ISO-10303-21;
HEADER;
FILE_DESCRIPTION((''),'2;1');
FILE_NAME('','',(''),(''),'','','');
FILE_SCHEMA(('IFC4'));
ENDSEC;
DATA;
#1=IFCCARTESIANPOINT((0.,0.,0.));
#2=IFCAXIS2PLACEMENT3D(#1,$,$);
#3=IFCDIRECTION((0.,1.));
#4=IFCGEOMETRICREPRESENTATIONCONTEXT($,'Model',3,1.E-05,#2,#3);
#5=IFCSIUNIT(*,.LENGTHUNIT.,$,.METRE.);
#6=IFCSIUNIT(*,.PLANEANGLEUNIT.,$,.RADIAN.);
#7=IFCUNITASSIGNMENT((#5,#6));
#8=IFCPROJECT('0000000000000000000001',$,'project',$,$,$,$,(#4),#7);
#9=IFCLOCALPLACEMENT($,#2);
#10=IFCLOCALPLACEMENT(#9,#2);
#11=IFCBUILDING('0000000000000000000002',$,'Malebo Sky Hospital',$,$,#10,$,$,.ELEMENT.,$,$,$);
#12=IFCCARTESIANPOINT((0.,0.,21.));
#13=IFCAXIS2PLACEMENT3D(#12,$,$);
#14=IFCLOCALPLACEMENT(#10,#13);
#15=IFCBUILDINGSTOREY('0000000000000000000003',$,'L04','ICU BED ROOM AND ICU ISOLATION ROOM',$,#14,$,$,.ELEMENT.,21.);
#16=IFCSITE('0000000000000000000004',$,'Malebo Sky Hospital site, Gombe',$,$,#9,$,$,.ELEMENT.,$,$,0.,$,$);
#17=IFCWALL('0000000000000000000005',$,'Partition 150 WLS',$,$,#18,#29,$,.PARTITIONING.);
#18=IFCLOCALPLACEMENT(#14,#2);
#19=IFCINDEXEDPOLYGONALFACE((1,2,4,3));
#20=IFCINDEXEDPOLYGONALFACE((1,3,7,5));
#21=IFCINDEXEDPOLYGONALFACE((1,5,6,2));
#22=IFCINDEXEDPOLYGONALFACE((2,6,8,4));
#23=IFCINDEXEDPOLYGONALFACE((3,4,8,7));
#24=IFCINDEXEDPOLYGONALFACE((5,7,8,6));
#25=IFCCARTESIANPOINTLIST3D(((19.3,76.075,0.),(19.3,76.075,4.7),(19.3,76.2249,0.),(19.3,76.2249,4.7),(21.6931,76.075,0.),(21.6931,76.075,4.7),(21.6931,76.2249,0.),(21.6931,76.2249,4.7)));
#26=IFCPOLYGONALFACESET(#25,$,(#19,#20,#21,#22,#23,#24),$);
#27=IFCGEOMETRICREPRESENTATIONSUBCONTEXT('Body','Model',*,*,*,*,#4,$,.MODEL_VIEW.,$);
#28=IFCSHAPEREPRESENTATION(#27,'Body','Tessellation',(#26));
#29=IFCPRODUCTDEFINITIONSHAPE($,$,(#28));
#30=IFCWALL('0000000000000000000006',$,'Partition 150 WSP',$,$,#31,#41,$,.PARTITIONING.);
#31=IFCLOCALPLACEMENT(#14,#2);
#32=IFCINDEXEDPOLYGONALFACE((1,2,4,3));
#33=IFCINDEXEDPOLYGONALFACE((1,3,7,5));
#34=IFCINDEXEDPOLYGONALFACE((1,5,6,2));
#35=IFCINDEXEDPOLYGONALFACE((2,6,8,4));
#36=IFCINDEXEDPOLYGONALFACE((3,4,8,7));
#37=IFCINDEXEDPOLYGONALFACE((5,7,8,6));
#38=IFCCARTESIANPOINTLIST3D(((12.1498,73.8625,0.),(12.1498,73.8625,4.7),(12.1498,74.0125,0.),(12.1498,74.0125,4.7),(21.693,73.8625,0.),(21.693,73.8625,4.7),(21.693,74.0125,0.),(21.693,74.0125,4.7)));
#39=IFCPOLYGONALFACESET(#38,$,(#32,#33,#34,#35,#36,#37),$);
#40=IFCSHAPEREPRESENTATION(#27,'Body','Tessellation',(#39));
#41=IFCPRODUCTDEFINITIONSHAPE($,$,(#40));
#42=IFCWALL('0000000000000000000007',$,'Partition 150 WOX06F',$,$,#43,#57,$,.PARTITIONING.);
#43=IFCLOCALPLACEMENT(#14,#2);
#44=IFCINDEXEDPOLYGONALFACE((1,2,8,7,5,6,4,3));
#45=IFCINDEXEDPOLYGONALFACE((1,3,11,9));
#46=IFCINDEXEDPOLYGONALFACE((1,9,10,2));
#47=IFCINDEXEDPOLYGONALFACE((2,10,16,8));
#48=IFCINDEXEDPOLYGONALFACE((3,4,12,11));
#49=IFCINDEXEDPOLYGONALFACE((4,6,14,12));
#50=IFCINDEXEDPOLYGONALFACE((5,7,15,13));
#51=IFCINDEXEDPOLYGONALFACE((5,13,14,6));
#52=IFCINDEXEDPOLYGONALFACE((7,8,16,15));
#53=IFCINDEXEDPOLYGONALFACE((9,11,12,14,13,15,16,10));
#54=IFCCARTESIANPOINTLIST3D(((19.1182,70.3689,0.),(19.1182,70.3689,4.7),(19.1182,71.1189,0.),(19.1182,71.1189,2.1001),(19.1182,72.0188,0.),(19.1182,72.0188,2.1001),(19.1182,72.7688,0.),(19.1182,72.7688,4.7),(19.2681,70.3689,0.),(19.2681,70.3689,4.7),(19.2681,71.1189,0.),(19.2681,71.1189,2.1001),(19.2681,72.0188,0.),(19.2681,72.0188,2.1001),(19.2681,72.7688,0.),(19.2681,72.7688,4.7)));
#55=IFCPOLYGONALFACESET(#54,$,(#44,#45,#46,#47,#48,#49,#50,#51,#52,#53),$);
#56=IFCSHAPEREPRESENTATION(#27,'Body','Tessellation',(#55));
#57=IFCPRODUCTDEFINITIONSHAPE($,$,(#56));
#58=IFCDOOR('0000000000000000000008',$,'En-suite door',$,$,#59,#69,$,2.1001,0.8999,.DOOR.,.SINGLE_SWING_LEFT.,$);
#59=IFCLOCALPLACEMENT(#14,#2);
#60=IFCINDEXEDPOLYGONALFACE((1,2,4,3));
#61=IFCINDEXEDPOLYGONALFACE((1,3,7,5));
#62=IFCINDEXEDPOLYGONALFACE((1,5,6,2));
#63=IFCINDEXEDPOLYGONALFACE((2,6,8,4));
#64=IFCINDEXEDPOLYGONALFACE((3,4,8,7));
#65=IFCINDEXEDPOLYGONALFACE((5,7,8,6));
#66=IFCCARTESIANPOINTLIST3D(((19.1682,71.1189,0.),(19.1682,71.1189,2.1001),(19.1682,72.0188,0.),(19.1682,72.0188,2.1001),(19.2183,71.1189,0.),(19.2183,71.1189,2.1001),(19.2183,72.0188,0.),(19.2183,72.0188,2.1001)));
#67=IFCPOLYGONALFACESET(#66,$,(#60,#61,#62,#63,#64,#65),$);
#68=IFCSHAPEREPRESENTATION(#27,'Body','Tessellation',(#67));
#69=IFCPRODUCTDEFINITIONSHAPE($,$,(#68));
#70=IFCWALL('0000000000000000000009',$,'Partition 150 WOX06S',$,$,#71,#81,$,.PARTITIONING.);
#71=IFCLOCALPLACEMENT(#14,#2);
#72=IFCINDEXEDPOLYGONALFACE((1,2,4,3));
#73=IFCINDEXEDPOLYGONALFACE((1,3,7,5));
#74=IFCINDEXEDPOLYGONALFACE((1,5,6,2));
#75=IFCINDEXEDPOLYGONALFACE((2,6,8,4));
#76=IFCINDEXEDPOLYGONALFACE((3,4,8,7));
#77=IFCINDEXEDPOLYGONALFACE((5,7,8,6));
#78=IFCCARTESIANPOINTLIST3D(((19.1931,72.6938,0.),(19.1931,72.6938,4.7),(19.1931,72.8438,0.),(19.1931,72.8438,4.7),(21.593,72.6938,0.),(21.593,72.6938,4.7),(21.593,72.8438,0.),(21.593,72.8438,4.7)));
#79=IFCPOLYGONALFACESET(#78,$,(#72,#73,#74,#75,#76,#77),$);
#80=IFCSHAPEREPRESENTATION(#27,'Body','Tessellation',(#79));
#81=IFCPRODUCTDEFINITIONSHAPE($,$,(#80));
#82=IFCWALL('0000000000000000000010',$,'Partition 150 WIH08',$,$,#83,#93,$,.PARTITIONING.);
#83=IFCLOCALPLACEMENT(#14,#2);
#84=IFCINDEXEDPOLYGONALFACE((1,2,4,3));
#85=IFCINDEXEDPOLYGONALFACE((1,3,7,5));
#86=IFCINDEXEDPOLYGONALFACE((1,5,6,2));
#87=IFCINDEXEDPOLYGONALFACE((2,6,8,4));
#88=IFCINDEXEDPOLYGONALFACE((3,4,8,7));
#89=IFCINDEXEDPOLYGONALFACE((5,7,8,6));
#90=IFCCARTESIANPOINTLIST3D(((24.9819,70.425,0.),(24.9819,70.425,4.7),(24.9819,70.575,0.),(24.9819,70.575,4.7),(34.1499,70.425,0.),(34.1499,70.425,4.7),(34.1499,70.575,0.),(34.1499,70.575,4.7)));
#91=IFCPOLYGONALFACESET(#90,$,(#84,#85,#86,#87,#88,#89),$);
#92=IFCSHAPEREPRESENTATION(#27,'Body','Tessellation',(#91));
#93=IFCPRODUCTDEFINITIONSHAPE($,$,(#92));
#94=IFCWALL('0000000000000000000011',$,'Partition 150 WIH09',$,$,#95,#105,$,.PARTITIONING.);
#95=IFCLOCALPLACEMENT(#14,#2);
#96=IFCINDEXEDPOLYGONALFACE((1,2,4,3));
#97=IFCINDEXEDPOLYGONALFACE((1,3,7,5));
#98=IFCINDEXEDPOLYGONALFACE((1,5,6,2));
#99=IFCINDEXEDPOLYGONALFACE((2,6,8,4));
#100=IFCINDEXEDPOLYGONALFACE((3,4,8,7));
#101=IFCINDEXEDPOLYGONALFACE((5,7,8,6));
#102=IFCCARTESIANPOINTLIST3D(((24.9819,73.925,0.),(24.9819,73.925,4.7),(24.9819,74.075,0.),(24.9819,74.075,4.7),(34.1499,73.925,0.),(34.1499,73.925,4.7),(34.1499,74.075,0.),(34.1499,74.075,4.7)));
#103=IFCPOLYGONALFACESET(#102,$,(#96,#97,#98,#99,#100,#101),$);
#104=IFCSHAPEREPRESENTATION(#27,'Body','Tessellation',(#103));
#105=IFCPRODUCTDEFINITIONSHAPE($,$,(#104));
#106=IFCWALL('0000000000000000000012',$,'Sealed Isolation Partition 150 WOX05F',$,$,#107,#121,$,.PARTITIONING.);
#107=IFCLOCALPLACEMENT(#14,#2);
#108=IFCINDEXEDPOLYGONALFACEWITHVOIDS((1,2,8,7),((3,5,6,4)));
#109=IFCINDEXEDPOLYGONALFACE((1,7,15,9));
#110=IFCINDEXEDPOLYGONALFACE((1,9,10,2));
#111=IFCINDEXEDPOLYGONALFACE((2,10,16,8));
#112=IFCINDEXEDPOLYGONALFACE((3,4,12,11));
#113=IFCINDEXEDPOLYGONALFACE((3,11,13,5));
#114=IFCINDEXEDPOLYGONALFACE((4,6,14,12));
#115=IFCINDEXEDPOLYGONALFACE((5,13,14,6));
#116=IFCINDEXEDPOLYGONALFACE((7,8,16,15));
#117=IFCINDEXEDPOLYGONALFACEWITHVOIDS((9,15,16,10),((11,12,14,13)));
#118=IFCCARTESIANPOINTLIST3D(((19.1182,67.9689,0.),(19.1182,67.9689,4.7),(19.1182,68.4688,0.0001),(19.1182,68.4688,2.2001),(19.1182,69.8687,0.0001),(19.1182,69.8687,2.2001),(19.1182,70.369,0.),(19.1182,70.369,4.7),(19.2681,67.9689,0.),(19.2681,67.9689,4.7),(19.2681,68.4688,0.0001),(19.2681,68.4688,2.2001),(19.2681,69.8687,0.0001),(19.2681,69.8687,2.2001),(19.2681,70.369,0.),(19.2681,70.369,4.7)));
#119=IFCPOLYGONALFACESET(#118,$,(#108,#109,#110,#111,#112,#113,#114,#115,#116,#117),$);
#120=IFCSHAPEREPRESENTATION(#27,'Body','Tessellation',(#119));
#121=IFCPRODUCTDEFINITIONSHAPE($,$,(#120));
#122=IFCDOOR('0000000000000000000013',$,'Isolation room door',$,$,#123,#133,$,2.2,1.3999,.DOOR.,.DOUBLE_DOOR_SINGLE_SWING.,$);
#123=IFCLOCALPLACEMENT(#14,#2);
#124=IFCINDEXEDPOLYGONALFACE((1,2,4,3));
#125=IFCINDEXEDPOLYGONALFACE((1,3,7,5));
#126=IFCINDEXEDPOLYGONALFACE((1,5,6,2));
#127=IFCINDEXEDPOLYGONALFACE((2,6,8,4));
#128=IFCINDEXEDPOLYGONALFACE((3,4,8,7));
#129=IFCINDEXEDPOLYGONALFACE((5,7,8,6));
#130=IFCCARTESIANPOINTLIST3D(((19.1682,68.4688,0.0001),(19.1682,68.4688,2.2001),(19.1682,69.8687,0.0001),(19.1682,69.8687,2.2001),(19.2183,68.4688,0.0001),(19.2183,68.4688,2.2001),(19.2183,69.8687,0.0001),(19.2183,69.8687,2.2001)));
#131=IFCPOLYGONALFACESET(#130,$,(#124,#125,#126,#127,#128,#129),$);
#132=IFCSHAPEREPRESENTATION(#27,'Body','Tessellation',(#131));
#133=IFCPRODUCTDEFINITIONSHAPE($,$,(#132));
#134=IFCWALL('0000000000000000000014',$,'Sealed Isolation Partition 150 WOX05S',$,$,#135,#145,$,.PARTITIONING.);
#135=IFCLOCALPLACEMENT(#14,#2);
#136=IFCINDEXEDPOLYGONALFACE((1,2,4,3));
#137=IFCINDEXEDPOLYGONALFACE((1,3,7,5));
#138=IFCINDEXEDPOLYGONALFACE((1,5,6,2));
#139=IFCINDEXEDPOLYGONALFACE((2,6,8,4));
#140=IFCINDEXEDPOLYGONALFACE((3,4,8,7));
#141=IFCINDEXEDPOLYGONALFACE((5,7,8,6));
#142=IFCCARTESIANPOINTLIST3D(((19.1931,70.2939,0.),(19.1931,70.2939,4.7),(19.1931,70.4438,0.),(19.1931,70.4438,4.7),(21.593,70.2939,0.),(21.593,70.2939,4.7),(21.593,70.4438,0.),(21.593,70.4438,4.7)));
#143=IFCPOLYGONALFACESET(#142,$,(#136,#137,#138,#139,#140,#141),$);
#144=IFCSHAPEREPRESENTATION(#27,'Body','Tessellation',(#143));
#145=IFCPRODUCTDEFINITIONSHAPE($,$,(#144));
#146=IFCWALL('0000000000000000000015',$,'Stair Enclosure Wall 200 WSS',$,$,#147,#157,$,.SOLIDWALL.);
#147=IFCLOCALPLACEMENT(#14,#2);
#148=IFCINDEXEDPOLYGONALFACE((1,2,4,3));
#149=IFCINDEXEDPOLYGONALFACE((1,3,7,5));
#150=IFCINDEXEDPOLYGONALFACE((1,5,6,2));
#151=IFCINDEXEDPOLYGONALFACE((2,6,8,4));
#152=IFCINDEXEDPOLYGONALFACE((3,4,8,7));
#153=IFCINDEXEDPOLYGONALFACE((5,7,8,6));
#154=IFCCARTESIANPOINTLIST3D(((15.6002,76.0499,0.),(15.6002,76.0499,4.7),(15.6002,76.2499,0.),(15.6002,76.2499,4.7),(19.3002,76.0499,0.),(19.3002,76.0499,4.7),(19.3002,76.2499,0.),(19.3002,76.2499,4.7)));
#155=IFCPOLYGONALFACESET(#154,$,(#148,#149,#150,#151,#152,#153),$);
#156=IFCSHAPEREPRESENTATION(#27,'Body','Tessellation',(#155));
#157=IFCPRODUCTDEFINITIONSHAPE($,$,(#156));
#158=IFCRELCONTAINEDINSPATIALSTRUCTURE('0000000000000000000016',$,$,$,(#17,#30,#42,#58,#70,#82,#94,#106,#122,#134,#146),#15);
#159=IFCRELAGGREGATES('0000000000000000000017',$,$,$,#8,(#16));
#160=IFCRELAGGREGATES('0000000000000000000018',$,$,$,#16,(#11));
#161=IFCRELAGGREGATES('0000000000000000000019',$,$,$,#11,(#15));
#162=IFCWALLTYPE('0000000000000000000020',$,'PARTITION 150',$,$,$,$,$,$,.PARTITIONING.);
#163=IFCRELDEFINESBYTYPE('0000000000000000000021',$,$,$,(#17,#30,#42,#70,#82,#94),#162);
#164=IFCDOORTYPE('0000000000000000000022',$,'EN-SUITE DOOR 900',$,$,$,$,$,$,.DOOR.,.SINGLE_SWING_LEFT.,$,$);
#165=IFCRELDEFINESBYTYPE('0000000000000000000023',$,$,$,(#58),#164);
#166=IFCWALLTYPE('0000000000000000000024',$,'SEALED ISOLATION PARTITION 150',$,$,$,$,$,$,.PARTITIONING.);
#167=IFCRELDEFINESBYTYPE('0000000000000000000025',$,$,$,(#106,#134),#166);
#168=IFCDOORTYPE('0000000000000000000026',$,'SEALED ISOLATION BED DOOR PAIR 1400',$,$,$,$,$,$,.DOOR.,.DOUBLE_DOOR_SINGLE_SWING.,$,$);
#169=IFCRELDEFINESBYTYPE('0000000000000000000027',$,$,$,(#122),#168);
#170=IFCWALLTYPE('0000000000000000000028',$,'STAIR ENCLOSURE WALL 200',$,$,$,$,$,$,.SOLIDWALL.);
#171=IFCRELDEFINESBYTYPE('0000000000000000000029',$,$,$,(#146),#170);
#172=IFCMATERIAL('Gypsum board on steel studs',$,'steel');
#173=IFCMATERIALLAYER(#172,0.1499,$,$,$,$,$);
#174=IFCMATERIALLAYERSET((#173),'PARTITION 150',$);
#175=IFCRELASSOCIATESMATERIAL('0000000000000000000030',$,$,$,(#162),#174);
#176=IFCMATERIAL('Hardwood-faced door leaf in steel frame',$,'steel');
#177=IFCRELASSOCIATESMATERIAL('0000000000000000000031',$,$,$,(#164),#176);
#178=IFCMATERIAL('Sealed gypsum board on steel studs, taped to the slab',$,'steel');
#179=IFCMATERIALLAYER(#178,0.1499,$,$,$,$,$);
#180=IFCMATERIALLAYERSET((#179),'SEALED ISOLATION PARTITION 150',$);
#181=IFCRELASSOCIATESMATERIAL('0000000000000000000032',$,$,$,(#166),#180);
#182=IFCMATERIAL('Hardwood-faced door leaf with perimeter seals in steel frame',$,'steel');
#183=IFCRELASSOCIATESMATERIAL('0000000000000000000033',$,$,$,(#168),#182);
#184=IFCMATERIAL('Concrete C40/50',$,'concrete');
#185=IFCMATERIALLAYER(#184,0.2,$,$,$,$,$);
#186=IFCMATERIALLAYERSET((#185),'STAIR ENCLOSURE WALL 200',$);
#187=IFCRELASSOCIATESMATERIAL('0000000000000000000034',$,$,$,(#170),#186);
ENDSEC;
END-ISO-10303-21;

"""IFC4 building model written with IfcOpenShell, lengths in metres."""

from ifc_helpers import new_model, si_unit, direction, frame, frame_2d, origin, place, context, subcontext, project, spatial, rectangle, extrude, material, layer, layer_set, type_object, element, fill, save


model = new_model("IFC4")

# Units and contexts
model_context = context("Model", 3, precision=1e-05, world=origin(), true_north=direction((0.0, 1.0)))
body_context = subcontext(model_context, "Body", "Model", "MODEL_VIEW")
ifc_project = project(units=[si_unit("LENGTHUNIT", "METRE"), si_unit("PLANEANGLEUNIT", "RADIAN")], contexts=[model_context])

# Site, building, storey
site_placement = place(None, origin())
site = spatial("IfcSite", under=ifc_project, at=site_placement, Name="Malebo Sky Hospital site, Gombe", CompositionType="ELEMENT", RefElevation=0.0)
building_placement = place(site_placement, origin())
building = spatial("IfcBuilding", under=site, at=building_placement, Name="Malebo Sky Hospital", CompositionType="ELEMENT")
storey_placement = place(building_placement, frame((0.0, 0.0, 21.0)))
storey = spatial("IfcBuildingStorey", under=building, at=storey_placement, Name="L04", Description="ICU BED ROOM AND ICU ISOLATION ROOM", CompositionType="ELEMENT", Elevation=21.0)

# Walls
ifc_material_1 = material(Name="Gypsum board on steel studs", Category="steel")
ifc_layer_1 = layer(ifc_material_1, 0.1499)
ifc_layer_set_1 = layer_set([ifc_layer_1], Name="PARTITION 150")
wall_type_1 = type_object("IfcWallType", Name="PARTITION 150", PredefinedType="PARTITIONING", material=ifc_layer_set_1)
wall_1_placement = place(storey_placement, frame((19.3, 76.1499, 0.0), z_axis=(0.0, 0.0, 1.0), x_axis=(1.0, 0.0, 0.0)))
element("IfcWall", 1, at=wall_1_placement, inside=storey, type_object=wall_type_1, Name="Partition 150 WLS", PredefinedType="PARTITIONING", context=body_context, shape_type="SweptSolid", body=[
    extrude(rectangle(XDim=2.3931, YDim=0.1499, at=frame_2d((1.1965, 0.0))), origin(), (0.0, 0.0, 1.0), 4.7),
])
wall_2_placement = place(storey_placement, frame((12.1499, 73.9375, 0.0), z_axis=(0.0, 0.0, 1.0), x_axis=(1.0, 0.0, 0.0)))
element("IfcWall", 2, at=wall_2_placement, inside=storey, type_object=wall_type_1, Name="Partition 150 WSP", PredefinedType="PARTITIONING", context=body_context, shape_type="SweptSolid", body=[
    extrude(rectangle(XDim=9.5432, YDim=0.1499, at=frame_2d((4.7715, 0.0))), origin(), (0.0, 0.0, 1.0), 4.7),
])

# Wall, opening, door
wall_3_placement = place(storey_placement, frame((19.1931, 70.3689, 0.0), z_axis=(0.0, 0.0, 1.0), x_axis=(0.0, 1.0, 0.0)))
wall_3 = element("IfcWall", 3, at=wall_3_placement, inside=storey, type_object=wall_type_1, Name="Partition 150 WOX06F", PredefinedType="PARTITIONING", context=body_context, shape_type="SweptSolid", body=[
    extrude(rectangle(XDim=2.3999, YDim=0.1499, at=frame_2d((1.2, 0.0))), origin(), (0.0, 0.0, 1.0), 4.7),
])
opening_1_placement = place(wall_3_placement, frame((0.75, 0.0, 0.0)))
opening_1 = element("IfcOpeningElement", 4, at=opening_1_placement, cuts=wall_3, PredefinedType="OPENING", context=body_context, shape_type="SweptSolid", body=[
    extrude(rectangle(XDim=0.8999, YDim=2.1001, at=frame_2d((0.45, 1.05))), frame((0.0, 0.085, 0.0), z_axis=(0.0, -1.0, 0.0), x_axis=(1.0, 0.0, 0.0)), (0.0, 0.0, 1.0), 0.1699),
])
ifc_material_2 = material(Name="Hardwood-faced door leaf in steel frame", Category="steel")
door_type_1 = type_object("IfcDoorType", Name="EN-SUITE DOOR 900", OperationType="SINGLE_SWING_LEFT", PredefinedType="DOOR", material=ifc_material_2)
door_1_placement = place(opening_1_placement, origin())
door_1 = element("IfcDoor", 5, at=door_1_placement, inside=storey, type_object=door_type_1, Name="En-suite door", OperationType="SINGLE_SWING_LEFT", OverallHeight=2.1001, OverallWidth=0.8999, PredefinedType="DOOR", context=body_context, shape_type="SweptSolid", body=[
    extrude(rectangle(XDim=0.8999, YDim=2.1001, at=frame_2d((0.45, 1.05))), frame((0.0, 0.0249, 0.0), z_axis=(0.0, -1.0, 0.0), x_axis=(1.0, 0.0, 0.0)), (0.0, 0.0, 1.0), 0.05),
])
fill(opening_1, door_1)

# Walls
wall_4_placement = place(storey_placement, frame((21.593, 72.7688, 0.0), z_axis=(0.0, 0.0, 1.0), x_axis=(-1.0, 0.0, 0.0)))
element("IfcWall", 6, at=wall_4_placement, inside=storey, type_object=wall_type_1, Name="Partition 150 WOX06S", PredefinedType="PARTITIONING", context=body_context, shape_type="SweptSolid", body=[
    extrude(rectangle(XDim=2.3999, YDim=0.1499, at=frame_2d((1.2, 0.0))), origin(), (0.0, 0.0, 1.0), 4.7),
])
for number, where, z_axis, x_axis, name in (
    (7, (24.9819, 70.5, 0.0), (0.0, 0.0, 1.0), (1.0, 0.0, 0.0), "Partition 150 WIH08"),
    (8, (24.9819, 74.0, 0.0), (0.0, 0.0, 1.0), (1.0, 0.0, 0.0), "Partition 150 WIH09"),
):
    element("IfcWall", number, at=place(storey_placement, frame(where, z_axis=z_axis, x_axis=x_axis)), inside=storey, type_object=wall_type_1, Name=name, PredefinedType="PARTITIONING", context=body_context, shape_type="SweptSolid", body=[
        extrude(rectangle(XDim=9.168, YDim=0.1499, at=frame_2d((4.584, 0.0))), origin(), (0.0, 0.0, 1.0), 4.7),
    ])

# Wall, opening, door
ifc_material_3 = material(Name="Sealed gypsum board on steel studs, taped to the slab", Category="steel")
ifc_layer_2 = layer(ifc_material_3, 0.1499)
ifc_layer_set_2 = layer_set([ifc_layer_2], Name="SEALED ISOLATION PARTITION 150")
wall_type_2 = type_object("IfcWallType", Name="SEALED ISOLATION PARTITION 150", PredefinedType="PARTITIONING", material=ifc_layer_set_2)
wall_5_placement = place(storey_placement, frame((19.1931, 67.9688, 0.0), z_axis=(0.0, 0.0, 1.0), x_axis=(0.0, 1.0, 0.0)))
wall_5 = element("IfcWall", 9, at=wall_5_placement, inside=storey, type_object=wall_type_2, Name="Sealed Isolation Partition 150 WOX05F", PredefinedType="PARTITIONING", context=body_context, shape_type="SweptSolid", body=[
    extrude(rectangle(XDim=2.4001, YDim=0.1499, at=frame_2d((1.2002, 0.0))), origin(), (0.0, 0.0, 1.0), 4.7),
])
opening_2_placement = place(wall_5_placement, frame((0.5, 0.0, 0.0)))
opening_2 = element("IfcOpeningElement", 10, at=opening_2_placement, cuts=wall_5, PredefinedType="OPENING", context=body_context, shape_type="SweptSolid", body=[
    extrude(rectangle(XDim=1.3999, YDim=2.2, at=frame_2d((0.7, 1.1001))), frame((0.0, 0.085, 0.0), z_axis=(0.0, -1.0, 0.0), x_axis=(1.0, 0.0, 0.0)), (0.0, 0.0, 1.0), 0.1699),
])
ifc_material_4 = material(Name="Hardwood-faced door leaf with perimeter seals in steel frame", Category="steel")
door_type_2 = type_object("IfcDoorType", Name="SEALED ISOLATION BED DOOR PAIR 1400", OperationType="DOUBLE_DOOR_SINGLE_SWING", PredefinedType="DOOR", material=ifc_material_4)
door_2_placement = place(opening_2_placement, origin())
door_2 = element("IfcDoor", 11, at=door_2_placement, inside=storey, type_object=door_type_2, Name="Isolation room door", OperationType="DOUBLE_DOOR_SINGLE_SWING", OverallHeight=2.2, OverallWidth=1.3999, PredefinedType="DOOR", context=body_context, shape_type="SweptSolid", body=[
    extrude(rectangle(XDim=1.3999, YDim=2.2, at=frame_2d((0.7, 1.1001))), frame((0.0, 0.0249, 0.0), z_axis=(0.0, -1.0, 0.0), x_axis=(1.0, 0.0, 0.0)), (0.0, 0.0, 1.0), 0.05),
])
fill(opening_2, door_2)

# Walls
wall_6_placement = place(storey_placement, frame((21.593, 70.3689, 0.0), z_axis=(0.0, 0.0, 1.0), x_axis=(-1.0, 0.0, 0.0)))
element("IfcWall", 12, at=wall_6_placement, inside=storey, type_object=wall_type_2, Name="Sealed Isolation Partition 150 WOX05S", PredefinedType="PARTITIONING", context=body_context, shape_type="SweptSolid", body=[
    extrude(rectangle(XDim=2.3999, YDim=0.1499, at=frame_2d((1.2, 0.0))), origin(), (0.0, 0.0, 1.0), 4.7),
])
ifc_material_5 = material(Name="Concrete C40/50", Category="concrete")
ifc_layer_3 = layer(ifc_material_5, 0.2)
ifc_layer_set_3 = layer_set([ifc_layer_3], Name="STAIR ENCLOSURE WALL 200")
wall_type_3 = type_object("IfcWallType", Name="STAIR ENCLOSURE WALL 200", PredefinedType="SOLIDWALL", material=ifc_layer_set_3)
wall_7_placement = place(storey_placement, frame((15.6001, 76.1499, 0.0), z_axis=(0.0, 0.0, 1.0), x_axis=(1.0, 0.0, 0.0)))
element("IfcWall", 13, at=wall_7_placement, inside=storey, type_object=wall_type_3, Name="Stair Enclosure Wall 200 WSS", PredefinedType="SOLIDWALL", context=body_context, shape_type="SweptSolid", body=[
    extrude(rectangle(XDim=3.7, YDim=0.2, at=frame_2d((1.8501, 0.0))), origin(), (0.0, 0.0, 1.0), 4.7),
])

save(model, "model.ifc")
